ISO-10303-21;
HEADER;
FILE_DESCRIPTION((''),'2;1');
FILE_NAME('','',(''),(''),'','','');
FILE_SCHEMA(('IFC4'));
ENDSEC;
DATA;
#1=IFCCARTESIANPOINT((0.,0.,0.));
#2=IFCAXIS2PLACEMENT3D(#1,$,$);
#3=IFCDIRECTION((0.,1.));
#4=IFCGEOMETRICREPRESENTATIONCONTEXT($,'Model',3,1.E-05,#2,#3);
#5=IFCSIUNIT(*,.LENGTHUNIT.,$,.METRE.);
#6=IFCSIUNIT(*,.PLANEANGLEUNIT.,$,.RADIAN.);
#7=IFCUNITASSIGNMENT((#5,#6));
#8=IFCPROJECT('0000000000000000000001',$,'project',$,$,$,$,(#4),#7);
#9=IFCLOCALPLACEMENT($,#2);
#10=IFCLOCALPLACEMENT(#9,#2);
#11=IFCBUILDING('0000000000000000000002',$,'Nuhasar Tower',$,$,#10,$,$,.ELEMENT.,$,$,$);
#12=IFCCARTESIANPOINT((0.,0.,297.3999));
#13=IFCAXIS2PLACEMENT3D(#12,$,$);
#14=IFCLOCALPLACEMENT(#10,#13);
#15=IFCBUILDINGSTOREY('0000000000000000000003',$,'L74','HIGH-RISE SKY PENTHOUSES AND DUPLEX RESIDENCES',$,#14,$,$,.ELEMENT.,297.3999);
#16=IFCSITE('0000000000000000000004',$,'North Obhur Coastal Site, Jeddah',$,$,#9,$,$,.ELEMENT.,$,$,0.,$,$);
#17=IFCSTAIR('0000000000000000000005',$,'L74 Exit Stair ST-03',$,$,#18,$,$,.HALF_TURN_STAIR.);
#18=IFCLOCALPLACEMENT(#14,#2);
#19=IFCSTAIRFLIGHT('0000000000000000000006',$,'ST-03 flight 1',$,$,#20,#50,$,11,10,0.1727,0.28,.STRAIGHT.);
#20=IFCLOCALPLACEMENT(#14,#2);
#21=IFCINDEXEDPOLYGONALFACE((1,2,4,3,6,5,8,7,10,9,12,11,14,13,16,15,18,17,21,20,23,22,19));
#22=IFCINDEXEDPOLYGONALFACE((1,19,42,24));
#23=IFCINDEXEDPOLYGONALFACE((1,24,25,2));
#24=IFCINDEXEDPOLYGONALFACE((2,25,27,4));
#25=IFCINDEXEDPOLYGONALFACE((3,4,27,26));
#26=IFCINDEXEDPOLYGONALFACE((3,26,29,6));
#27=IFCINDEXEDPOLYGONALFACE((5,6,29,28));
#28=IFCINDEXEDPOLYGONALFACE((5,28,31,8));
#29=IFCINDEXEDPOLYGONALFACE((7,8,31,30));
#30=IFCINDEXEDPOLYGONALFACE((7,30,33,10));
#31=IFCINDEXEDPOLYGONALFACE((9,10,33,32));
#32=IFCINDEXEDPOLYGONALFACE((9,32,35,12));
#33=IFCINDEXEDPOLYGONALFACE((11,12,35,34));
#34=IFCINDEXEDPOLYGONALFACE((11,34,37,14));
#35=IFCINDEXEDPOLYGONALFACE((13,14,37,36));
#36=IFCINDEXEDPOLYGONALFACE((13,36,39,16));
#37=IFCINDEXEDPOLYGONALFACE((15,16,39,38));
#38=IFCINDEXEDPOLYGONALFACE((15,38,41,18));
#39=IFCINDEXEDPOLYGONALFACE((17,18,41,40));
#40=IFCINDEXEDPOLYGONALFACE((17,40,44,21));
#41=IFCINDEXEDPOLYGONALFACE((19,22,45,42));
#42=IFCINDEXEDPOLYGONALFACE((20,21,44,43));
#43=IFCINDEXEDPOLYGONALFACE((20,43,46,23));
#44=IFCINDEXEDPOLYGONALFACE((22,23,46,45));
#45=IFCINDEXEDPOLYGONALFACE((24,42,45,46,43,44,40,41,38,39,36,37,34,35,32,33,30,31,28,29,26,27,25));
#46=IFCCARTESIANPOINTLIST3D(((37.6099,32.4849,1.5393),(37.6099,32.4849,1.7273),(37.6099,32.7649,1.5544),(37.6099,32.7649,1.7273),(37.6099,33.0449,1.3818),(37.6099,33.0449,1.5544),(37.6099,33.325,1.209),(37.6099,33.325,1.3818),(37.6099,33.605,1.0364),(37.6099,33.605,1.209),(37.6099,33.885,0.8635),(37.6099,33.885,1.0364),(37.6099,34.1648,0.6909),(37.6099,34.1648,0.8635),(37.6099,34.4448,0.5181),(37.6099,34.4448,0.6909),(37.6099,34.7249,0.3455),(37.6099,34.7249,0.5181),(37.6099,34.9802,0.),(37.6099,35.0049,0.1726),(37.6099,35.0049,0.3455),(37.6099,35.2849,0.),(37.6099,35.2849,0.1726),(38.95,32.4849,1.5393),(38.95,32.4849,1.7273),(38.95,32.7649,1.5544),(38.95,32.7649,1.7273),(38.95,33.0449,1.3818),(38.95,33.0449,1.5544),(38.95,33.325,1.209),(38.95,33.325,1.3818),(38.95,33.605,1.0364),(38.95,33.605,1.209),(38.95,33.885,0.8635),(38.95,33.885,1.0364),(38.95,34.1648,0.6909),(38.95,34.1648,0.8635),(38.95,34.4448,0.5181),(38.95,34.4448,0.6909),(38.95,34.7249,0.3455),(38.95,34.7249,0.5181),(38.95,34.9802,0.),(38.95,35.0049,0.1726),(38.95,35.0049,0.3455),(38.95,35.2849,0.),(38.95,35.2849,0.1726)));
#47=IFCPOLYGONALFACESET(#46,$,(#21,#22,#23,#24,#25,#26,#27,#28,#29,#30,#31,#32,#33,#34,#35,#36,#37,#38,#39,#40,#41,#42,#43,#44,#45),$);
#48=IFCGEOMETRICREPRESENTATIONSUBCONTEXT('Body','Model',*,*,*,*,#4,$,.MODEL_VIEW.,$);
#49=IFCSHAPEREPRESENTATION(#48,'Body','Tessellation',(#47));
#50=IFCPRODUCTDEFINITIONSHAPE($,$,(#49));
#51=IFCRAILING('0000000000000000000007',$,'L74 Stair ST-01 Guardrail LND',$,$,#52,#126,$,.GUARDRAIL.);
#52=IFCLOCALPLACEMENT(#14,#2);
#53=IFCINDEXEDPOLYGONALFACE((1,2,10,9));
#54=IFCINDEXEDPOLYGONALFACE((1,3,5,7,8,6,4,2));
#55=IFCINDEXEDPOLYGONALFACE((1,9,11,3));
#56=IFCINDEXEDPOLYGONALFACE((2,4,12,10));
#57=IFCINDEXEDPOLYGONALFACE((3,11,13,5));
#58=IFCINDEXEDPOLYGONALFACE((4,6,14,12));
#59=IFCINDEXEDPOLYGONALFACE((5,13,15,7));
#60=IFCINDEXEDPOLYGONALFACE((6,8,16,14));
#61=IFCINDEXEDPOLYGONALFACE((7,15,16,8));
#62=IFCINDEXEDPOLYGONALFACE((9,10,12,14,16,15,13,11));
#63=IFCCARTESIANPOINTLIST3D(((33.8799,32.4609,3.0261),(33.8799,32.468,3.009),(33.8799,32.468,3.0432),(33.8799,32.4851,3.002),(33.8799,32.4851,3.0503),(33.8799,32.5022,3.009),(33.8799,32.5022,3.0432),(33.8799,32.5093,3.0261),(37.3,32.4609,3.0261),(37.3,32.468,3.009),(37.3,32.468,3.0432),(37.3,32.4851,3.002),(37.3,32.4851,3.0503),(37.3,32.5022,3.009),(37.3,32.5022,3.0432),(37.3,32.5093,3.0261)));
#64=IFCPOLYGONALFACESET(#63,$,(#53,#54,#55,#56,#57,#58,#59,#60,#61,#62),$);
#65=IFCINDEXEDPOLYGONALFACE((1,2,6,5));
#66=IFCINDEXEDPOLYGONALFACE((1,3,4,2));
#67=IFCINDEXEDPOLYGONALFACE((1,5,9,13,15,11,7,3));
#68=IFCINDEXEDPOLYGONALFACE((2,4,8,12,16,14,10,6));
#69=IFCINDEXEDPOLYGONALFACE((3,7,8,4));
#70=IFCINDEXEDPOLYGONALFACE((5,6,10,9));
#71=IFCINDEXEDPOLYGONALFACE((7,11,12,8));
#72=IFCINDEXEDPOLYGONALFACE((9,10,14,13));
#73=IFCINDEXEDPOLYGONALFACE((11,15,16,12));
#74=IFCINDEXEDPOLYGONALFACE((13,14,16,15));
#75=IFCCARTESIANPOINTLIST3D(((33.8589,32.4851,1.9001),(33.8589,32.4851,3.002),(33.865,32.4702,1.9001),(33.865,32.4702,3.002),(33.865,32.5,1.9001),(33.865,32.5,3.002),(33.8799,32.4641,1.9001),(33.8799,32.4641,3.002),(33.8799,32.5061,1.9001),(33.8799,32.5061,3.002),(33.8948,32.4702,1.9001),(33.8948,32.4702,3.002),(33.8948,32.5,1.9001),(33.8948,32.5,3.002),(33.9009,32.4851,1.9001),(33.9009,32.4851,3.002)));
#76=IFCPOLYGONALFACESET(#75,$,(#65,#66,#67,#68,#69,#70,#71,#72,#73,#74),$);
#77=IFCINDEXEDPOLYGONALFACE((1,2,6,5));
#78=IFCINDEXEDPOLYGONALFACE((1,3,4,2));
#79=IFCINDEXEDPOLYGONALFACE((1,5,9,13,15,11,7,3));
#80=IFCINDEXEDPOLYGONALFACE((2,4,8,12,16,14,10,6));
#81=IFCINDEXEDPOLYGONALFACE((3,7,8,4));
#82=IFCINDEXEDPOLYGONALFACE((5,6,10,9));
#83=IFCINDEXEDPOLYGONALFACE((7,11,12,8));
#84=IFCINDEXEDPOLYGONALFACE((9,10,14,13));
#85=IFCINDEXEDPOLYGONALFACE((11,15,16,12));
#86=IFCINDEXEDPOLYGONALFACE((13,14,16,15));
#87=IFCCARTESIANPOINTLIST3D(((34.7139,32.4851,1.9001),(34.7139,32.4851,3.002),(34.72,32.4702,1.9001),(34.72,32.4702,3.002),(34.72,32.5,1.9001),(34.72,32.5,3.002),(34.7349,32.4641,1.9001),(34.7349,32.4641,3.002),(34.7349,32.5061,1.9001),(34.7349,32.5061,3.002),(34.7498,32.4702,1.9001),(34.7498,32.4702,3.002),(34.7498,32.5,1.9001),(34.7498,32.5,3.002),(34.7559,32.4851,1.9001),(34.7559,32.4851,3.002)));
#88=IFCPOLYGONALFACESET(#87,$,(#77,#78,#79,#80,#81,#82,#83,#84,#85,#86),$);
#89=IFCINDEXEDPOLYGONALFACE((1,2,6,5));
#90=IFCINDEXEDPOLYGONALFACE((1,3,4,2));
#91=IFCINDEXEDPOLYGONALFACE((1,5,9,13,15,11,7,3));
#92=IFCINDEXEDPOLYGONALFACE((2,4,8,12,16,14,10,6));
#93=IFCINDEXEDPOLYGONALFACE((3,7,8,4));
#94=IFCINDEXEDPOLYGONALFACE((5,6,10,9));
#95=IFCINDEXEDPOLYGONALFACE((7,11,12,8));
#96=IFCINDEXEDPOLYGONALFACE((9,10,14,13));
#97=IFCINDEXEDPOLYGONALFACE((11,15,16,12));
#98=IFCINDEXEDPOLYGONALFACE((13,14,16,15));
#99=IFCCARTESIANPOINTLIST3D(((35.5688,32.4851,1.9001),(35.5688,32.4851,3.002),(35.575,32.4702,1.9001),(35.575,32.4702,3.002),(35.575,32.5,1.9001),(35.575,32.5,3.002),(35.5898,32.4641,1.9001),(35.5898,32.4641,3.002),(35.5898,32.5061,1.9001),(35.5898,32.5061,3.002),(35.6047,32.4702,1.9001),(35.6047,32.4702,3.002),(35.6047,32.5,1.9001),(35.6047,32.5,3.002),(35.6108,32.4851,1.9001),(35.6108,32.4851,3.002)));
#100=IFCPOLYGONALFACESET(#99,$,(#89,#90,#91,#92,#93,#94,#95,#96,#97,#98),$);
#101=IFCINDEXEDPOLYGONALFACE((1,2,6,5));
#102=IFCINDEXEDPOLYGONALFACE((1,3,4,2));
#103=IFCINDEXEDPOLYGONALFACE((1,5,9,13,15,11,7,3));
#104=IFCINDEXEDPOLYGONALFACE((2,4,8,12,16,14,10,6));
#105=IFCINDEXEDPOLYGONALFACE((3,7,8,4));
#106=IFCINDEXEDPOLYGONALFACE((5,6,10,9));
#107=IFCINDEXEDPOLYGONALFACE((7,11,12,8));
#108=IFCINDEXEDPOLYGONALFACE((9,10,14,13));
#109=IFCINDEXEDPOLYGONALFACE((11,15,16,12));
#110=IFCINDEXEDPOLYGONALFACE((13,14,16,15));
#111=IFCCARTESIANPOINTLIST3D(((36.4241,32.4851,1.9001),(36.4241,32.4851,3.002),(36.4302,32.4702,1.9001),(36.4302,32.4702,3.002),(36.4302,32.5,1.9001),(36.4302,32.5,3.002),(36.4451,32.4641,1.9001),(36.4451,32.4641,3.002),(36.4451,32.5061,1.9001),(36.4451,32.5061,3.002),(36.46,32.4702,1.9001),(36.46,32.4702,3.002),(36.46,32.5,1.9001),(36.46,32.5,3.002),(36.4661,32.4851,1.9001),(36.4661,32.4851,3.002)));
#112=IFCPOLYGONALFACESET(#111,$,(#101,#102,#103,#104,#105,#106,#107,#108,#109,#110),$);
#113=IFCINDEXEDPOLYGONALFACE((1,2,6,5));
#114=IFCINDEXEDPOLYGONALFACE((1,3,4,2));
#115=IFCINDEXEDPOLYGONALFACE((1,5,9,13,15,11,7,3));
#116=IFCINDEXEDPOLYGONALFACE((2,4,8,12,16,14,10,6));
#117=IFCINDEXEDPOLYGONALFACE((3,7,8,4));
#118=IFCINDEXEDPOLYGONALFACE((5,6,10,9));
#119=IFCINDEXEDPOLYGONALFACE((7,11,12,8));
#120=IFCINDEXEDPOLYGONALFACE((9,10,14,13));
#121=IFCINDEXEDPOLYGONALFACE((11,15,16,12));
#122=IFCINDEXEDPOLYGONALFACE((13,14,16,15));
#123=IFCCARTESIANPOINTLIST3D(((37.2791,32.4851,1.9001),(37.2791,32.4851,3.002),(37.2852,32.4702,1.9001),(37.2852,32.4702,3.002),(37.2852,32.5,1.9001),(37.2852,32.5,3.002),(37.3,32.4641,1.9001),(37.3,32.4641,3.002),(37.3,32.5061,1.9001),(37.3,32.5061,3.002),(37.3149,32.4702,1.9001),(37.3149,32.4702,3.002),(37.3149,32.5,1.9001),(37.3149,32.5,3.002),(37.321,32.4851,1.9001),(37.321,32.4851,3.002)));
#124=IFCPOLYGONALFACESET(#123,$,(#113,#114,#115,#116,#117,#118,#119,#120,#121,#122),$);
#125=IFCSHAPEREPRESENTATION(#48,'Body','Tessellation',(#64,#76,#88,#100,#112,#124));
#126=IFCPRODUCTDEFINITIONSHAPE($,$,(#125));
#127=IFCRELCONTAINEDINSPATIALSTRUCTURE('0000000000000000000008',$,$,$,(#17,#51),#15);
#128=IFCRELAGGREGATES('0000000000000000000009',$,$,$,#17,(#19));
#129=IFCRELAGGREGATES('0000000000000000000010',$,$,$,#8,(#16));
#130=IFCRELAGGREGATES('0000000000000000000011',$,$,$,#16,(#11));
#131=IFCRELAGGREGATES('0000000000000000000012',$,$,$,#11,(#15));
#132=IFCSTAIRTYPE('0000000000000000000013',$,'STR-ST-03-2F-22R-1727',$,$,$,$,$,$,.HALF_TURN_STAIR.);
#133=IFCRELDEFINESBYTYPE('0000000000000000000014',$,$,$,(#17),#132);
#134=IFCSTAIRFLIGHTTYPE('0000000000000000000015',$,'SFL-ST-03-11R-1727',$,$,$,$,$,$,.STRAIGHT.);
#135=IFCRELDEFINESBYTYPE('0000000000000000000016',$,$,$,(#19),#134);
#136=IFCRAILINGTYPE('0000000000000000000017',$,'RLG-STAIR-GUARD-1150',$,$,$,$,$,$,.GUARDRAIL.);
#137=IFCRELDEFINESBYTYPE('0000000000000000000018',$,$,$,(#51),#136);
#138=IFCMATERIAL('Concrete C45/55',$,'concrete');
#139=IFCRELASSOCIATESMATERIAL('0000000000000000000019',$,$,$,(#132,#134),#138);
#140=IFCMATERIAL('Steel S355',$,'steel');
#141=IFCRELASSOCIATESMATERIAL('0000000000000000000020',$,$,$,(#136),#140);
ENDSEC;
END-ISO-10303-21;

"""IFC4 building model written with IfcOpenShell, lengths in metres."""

from ifc_helpers import new_model, si_unit, direction, frame, origin, place, context, subcontext, project, spatial, polyline, outline, extrude, material, type_object, element, aggregate, save


model = new_model("IFC4")

# Units and contexts
model_context = context("Model", 3, precision=1e-05, world=origin(), true_north=direction((0.0, 1.0)))
body_context = subcontext(model_context, "Body", "Model", "MODEL_VIEW")
ifc_project = project(units=[si_unit("LENGTHUNIT", "METRE"), si_unit("PLANEANGLEUNIT", "RADIAN")], contexts=[model_context])

# Site, building, storey
site_placement = place(None, origin())
site = spatial("IfcSite", under=ifc_project, at=site_placement, Name="North Obhur Coastal Site, Jeddah", CompositionType="ELEMENT", RefElevation=0.0)
building_placement = place(site_placement, origin())
building = spatial("IfcBuilding", under=site, at=building_placement, Name="Nuhasar Tower", CompositionType="ELEMENT")
storey_placement = place(building_placement, frame((0.0, 0.0, 297.3999)))
storey = spatial("IfcBuildingStorey", under=building, at=storey_placement, Name="L74", Description="HIGH-RISE SKY PENTHOUSES AND DUPLEX RESIDENCES", CompositionType="ELEMENT", Elevation=297.3999)

# Shared definitions
ifc_material_1 = material(Name="Steel S355", Category="steel")

# Shared definitions
ifc_material_2 = material(Name="Concrete C45/55", Category="concrete")

# Stair, stair flight
stair_type_1 = type_object("IfcStairType", Name="STR-ST-03-2F-22R-1727", PredefinedType="HALF_TURN_STAIR", material=ifc_material_2)
stair_1_placement = place(storey_placement, origin())
stair_1 = element("IfcStair", 1, at=stair_1_placement, inside=storey, type_object=stair_type_1, Name="L74 Exit Stair ST-03", PredefinedType="HALF_TURN_STAIR")
stair_flight_type_1 = type_object("IfcStairFlightType", Name="SFL-ST-03-11R-1727", PredefinedType="STRAIGHT", material=ifc_material_2)
stair_flight_1_placement = place(storey_placement, frame((38.28, 35.2849, 0.0), z_axis=(0.0, 0.0, 1.0), x_axis=(0.0, -1.0, 0.0)))
stair_flight_1 = element("IfcStairFlight", 2, at=stair_flight_1_placement, type_object=stair_flight_type_1, Name="ST-03 flight 1", NumberOfRisers=11, NumberOfTreads=10, PredefinedType="STRAIGHT", RiserHeight=0.1727, TreadLength=0.28, context=body_context, shape_type="SweptSolid", body=[
    extrude(outline(polyline([(0.0, 0.0), (0.0, 0.1726), (0.28, 0.1726), (0.28, 0.3455), (0.5601, 0.3455), (0.5601, 0.5181), (0.8401, 0.5181), (0.8401, 0.6909), (1.1201, 0.6909), (1.1201, 0.8635), (1.3999, 0.8635), (1.3999, 1.0364), (1.6799, 1.0364), (1.6799, 1.209), (1.96, 1.209), (1.96, 1.3818), (2.24, 1.3818), (2.24, 1.5544), (2.52, 1.5544), (2.52, 1.7273), (2.8, 1.7273), (2.8, 1.8999), (2.8, 1.5393), (0.3047, 0.0), (0.0, 0.0)])), frame((0.0, 0.6699, 0.0), z_axis=(0.0, -1.0, 0.0), x_axis=(1.0, 0.0, 0.0)), (0.0, 0.0, 1.0), 1.3401),
])
aggregate(stair_1, [stair_flight_1])

# Railing
railing_type_1 = type_object("IfcRailingType", Name="RLG-STAIR-GUARD-1150", PredefinedType="GUARDRAIL", material=ifc_material_1)
railing_1_placement = place(storey_placement, frame((33.8799, 32.4851, 1.9001)))
element("IfcRailing", 3, at=railing_1_placement, inside=storey, type_object=railing_type_1, Name="L74 Stair ST-01 Guardrail LND", PredefinedType="GUARDRAIL", context=body_context, shape_type="SweptSolid", body=[
    extrude(outline(polyline([(0.0242, 0.0), (0.0171, 0.0171), (0.0, 0.0242), (-0.0171, 0.0171), (-0.0242, 0.0), (-0.0171, -0.0171), (0.0, -0.0242), (0.0171, -0.0171), (0.0242, 0.0)])), frame((0.0, 0.0, 1.126), z_axis=(1.0, 0.0, 0.0), x_axis=(0.0, 1.0, 0.0)), (0.0, 0.0, 1.0), 3.4202),
    extrude(outline(polyline([(0.021, 0.0), (0.0149, 0.0149), (0.0, 0.021), (-0.0149, 0.0149), (-0.021, 0.0), (-0.0149, -0.0149), (0.0, -0.021), (0.0149, -0.0149), (0.021, 0.0)])), origin(), (0.0, 0.0, 1.0), 1.1018),
    extrude(outline(polyline([(0.021, 0.0), (0.0149, 0.0149), (0.0, 0.021), (-0.0149, 0.0149), (-0.021, 0.0), (-0.0149, -0.0149), (0.0, -0.021), (0.0149, -0.0149), (0.021, 0.0)])), frame((0.855, 0.0, 0.0)), (0.0, 0.0, 1.0), 1.1018),
    extrude(outline(polyline([(0.021, 0.0), (0.0149, 0.0149), (0.0, 0.021), (-0.0149, 0.0149), (-0.021, 0.0), (-0.0149, -0.0149), (0.0, -0.021), (0.0149, -0.0149), (0.021, 0.0)])), frame((1.71, 0.0, 0.0)), (0.0, 0.0, 1.0), 1.1018),
    extrude(outline(polyline([(0.021, 0.0), (0.0149, 0.0149), (0.0, 0.021), (-0.0149, 0.0149), (-0.021, 0.0), (-0.0149, -0.0149), (0.0, -0.021), (0.0149, -0.0149), (0.021, 0.0)])), frame((2.5652, 0.0, 0.0)), (0.0, 0.0, 1.0), 1.1018),
    extrude(outline(polyline([(0.021, 0.0), (0.0149, 0.0149), (0.0, 0.021), (-0.0149, 0.0149), (-0.021, 0.0), (-0.0149, -0.0149), (0.0, -0.021), (0.0149, -0.0149), (0.021, 0.0)])), frame((3.4202, 0.0, 0.0)), (0.0, 0.0, 1.0), 1.1018),
])

save(model, "model.ifc")
